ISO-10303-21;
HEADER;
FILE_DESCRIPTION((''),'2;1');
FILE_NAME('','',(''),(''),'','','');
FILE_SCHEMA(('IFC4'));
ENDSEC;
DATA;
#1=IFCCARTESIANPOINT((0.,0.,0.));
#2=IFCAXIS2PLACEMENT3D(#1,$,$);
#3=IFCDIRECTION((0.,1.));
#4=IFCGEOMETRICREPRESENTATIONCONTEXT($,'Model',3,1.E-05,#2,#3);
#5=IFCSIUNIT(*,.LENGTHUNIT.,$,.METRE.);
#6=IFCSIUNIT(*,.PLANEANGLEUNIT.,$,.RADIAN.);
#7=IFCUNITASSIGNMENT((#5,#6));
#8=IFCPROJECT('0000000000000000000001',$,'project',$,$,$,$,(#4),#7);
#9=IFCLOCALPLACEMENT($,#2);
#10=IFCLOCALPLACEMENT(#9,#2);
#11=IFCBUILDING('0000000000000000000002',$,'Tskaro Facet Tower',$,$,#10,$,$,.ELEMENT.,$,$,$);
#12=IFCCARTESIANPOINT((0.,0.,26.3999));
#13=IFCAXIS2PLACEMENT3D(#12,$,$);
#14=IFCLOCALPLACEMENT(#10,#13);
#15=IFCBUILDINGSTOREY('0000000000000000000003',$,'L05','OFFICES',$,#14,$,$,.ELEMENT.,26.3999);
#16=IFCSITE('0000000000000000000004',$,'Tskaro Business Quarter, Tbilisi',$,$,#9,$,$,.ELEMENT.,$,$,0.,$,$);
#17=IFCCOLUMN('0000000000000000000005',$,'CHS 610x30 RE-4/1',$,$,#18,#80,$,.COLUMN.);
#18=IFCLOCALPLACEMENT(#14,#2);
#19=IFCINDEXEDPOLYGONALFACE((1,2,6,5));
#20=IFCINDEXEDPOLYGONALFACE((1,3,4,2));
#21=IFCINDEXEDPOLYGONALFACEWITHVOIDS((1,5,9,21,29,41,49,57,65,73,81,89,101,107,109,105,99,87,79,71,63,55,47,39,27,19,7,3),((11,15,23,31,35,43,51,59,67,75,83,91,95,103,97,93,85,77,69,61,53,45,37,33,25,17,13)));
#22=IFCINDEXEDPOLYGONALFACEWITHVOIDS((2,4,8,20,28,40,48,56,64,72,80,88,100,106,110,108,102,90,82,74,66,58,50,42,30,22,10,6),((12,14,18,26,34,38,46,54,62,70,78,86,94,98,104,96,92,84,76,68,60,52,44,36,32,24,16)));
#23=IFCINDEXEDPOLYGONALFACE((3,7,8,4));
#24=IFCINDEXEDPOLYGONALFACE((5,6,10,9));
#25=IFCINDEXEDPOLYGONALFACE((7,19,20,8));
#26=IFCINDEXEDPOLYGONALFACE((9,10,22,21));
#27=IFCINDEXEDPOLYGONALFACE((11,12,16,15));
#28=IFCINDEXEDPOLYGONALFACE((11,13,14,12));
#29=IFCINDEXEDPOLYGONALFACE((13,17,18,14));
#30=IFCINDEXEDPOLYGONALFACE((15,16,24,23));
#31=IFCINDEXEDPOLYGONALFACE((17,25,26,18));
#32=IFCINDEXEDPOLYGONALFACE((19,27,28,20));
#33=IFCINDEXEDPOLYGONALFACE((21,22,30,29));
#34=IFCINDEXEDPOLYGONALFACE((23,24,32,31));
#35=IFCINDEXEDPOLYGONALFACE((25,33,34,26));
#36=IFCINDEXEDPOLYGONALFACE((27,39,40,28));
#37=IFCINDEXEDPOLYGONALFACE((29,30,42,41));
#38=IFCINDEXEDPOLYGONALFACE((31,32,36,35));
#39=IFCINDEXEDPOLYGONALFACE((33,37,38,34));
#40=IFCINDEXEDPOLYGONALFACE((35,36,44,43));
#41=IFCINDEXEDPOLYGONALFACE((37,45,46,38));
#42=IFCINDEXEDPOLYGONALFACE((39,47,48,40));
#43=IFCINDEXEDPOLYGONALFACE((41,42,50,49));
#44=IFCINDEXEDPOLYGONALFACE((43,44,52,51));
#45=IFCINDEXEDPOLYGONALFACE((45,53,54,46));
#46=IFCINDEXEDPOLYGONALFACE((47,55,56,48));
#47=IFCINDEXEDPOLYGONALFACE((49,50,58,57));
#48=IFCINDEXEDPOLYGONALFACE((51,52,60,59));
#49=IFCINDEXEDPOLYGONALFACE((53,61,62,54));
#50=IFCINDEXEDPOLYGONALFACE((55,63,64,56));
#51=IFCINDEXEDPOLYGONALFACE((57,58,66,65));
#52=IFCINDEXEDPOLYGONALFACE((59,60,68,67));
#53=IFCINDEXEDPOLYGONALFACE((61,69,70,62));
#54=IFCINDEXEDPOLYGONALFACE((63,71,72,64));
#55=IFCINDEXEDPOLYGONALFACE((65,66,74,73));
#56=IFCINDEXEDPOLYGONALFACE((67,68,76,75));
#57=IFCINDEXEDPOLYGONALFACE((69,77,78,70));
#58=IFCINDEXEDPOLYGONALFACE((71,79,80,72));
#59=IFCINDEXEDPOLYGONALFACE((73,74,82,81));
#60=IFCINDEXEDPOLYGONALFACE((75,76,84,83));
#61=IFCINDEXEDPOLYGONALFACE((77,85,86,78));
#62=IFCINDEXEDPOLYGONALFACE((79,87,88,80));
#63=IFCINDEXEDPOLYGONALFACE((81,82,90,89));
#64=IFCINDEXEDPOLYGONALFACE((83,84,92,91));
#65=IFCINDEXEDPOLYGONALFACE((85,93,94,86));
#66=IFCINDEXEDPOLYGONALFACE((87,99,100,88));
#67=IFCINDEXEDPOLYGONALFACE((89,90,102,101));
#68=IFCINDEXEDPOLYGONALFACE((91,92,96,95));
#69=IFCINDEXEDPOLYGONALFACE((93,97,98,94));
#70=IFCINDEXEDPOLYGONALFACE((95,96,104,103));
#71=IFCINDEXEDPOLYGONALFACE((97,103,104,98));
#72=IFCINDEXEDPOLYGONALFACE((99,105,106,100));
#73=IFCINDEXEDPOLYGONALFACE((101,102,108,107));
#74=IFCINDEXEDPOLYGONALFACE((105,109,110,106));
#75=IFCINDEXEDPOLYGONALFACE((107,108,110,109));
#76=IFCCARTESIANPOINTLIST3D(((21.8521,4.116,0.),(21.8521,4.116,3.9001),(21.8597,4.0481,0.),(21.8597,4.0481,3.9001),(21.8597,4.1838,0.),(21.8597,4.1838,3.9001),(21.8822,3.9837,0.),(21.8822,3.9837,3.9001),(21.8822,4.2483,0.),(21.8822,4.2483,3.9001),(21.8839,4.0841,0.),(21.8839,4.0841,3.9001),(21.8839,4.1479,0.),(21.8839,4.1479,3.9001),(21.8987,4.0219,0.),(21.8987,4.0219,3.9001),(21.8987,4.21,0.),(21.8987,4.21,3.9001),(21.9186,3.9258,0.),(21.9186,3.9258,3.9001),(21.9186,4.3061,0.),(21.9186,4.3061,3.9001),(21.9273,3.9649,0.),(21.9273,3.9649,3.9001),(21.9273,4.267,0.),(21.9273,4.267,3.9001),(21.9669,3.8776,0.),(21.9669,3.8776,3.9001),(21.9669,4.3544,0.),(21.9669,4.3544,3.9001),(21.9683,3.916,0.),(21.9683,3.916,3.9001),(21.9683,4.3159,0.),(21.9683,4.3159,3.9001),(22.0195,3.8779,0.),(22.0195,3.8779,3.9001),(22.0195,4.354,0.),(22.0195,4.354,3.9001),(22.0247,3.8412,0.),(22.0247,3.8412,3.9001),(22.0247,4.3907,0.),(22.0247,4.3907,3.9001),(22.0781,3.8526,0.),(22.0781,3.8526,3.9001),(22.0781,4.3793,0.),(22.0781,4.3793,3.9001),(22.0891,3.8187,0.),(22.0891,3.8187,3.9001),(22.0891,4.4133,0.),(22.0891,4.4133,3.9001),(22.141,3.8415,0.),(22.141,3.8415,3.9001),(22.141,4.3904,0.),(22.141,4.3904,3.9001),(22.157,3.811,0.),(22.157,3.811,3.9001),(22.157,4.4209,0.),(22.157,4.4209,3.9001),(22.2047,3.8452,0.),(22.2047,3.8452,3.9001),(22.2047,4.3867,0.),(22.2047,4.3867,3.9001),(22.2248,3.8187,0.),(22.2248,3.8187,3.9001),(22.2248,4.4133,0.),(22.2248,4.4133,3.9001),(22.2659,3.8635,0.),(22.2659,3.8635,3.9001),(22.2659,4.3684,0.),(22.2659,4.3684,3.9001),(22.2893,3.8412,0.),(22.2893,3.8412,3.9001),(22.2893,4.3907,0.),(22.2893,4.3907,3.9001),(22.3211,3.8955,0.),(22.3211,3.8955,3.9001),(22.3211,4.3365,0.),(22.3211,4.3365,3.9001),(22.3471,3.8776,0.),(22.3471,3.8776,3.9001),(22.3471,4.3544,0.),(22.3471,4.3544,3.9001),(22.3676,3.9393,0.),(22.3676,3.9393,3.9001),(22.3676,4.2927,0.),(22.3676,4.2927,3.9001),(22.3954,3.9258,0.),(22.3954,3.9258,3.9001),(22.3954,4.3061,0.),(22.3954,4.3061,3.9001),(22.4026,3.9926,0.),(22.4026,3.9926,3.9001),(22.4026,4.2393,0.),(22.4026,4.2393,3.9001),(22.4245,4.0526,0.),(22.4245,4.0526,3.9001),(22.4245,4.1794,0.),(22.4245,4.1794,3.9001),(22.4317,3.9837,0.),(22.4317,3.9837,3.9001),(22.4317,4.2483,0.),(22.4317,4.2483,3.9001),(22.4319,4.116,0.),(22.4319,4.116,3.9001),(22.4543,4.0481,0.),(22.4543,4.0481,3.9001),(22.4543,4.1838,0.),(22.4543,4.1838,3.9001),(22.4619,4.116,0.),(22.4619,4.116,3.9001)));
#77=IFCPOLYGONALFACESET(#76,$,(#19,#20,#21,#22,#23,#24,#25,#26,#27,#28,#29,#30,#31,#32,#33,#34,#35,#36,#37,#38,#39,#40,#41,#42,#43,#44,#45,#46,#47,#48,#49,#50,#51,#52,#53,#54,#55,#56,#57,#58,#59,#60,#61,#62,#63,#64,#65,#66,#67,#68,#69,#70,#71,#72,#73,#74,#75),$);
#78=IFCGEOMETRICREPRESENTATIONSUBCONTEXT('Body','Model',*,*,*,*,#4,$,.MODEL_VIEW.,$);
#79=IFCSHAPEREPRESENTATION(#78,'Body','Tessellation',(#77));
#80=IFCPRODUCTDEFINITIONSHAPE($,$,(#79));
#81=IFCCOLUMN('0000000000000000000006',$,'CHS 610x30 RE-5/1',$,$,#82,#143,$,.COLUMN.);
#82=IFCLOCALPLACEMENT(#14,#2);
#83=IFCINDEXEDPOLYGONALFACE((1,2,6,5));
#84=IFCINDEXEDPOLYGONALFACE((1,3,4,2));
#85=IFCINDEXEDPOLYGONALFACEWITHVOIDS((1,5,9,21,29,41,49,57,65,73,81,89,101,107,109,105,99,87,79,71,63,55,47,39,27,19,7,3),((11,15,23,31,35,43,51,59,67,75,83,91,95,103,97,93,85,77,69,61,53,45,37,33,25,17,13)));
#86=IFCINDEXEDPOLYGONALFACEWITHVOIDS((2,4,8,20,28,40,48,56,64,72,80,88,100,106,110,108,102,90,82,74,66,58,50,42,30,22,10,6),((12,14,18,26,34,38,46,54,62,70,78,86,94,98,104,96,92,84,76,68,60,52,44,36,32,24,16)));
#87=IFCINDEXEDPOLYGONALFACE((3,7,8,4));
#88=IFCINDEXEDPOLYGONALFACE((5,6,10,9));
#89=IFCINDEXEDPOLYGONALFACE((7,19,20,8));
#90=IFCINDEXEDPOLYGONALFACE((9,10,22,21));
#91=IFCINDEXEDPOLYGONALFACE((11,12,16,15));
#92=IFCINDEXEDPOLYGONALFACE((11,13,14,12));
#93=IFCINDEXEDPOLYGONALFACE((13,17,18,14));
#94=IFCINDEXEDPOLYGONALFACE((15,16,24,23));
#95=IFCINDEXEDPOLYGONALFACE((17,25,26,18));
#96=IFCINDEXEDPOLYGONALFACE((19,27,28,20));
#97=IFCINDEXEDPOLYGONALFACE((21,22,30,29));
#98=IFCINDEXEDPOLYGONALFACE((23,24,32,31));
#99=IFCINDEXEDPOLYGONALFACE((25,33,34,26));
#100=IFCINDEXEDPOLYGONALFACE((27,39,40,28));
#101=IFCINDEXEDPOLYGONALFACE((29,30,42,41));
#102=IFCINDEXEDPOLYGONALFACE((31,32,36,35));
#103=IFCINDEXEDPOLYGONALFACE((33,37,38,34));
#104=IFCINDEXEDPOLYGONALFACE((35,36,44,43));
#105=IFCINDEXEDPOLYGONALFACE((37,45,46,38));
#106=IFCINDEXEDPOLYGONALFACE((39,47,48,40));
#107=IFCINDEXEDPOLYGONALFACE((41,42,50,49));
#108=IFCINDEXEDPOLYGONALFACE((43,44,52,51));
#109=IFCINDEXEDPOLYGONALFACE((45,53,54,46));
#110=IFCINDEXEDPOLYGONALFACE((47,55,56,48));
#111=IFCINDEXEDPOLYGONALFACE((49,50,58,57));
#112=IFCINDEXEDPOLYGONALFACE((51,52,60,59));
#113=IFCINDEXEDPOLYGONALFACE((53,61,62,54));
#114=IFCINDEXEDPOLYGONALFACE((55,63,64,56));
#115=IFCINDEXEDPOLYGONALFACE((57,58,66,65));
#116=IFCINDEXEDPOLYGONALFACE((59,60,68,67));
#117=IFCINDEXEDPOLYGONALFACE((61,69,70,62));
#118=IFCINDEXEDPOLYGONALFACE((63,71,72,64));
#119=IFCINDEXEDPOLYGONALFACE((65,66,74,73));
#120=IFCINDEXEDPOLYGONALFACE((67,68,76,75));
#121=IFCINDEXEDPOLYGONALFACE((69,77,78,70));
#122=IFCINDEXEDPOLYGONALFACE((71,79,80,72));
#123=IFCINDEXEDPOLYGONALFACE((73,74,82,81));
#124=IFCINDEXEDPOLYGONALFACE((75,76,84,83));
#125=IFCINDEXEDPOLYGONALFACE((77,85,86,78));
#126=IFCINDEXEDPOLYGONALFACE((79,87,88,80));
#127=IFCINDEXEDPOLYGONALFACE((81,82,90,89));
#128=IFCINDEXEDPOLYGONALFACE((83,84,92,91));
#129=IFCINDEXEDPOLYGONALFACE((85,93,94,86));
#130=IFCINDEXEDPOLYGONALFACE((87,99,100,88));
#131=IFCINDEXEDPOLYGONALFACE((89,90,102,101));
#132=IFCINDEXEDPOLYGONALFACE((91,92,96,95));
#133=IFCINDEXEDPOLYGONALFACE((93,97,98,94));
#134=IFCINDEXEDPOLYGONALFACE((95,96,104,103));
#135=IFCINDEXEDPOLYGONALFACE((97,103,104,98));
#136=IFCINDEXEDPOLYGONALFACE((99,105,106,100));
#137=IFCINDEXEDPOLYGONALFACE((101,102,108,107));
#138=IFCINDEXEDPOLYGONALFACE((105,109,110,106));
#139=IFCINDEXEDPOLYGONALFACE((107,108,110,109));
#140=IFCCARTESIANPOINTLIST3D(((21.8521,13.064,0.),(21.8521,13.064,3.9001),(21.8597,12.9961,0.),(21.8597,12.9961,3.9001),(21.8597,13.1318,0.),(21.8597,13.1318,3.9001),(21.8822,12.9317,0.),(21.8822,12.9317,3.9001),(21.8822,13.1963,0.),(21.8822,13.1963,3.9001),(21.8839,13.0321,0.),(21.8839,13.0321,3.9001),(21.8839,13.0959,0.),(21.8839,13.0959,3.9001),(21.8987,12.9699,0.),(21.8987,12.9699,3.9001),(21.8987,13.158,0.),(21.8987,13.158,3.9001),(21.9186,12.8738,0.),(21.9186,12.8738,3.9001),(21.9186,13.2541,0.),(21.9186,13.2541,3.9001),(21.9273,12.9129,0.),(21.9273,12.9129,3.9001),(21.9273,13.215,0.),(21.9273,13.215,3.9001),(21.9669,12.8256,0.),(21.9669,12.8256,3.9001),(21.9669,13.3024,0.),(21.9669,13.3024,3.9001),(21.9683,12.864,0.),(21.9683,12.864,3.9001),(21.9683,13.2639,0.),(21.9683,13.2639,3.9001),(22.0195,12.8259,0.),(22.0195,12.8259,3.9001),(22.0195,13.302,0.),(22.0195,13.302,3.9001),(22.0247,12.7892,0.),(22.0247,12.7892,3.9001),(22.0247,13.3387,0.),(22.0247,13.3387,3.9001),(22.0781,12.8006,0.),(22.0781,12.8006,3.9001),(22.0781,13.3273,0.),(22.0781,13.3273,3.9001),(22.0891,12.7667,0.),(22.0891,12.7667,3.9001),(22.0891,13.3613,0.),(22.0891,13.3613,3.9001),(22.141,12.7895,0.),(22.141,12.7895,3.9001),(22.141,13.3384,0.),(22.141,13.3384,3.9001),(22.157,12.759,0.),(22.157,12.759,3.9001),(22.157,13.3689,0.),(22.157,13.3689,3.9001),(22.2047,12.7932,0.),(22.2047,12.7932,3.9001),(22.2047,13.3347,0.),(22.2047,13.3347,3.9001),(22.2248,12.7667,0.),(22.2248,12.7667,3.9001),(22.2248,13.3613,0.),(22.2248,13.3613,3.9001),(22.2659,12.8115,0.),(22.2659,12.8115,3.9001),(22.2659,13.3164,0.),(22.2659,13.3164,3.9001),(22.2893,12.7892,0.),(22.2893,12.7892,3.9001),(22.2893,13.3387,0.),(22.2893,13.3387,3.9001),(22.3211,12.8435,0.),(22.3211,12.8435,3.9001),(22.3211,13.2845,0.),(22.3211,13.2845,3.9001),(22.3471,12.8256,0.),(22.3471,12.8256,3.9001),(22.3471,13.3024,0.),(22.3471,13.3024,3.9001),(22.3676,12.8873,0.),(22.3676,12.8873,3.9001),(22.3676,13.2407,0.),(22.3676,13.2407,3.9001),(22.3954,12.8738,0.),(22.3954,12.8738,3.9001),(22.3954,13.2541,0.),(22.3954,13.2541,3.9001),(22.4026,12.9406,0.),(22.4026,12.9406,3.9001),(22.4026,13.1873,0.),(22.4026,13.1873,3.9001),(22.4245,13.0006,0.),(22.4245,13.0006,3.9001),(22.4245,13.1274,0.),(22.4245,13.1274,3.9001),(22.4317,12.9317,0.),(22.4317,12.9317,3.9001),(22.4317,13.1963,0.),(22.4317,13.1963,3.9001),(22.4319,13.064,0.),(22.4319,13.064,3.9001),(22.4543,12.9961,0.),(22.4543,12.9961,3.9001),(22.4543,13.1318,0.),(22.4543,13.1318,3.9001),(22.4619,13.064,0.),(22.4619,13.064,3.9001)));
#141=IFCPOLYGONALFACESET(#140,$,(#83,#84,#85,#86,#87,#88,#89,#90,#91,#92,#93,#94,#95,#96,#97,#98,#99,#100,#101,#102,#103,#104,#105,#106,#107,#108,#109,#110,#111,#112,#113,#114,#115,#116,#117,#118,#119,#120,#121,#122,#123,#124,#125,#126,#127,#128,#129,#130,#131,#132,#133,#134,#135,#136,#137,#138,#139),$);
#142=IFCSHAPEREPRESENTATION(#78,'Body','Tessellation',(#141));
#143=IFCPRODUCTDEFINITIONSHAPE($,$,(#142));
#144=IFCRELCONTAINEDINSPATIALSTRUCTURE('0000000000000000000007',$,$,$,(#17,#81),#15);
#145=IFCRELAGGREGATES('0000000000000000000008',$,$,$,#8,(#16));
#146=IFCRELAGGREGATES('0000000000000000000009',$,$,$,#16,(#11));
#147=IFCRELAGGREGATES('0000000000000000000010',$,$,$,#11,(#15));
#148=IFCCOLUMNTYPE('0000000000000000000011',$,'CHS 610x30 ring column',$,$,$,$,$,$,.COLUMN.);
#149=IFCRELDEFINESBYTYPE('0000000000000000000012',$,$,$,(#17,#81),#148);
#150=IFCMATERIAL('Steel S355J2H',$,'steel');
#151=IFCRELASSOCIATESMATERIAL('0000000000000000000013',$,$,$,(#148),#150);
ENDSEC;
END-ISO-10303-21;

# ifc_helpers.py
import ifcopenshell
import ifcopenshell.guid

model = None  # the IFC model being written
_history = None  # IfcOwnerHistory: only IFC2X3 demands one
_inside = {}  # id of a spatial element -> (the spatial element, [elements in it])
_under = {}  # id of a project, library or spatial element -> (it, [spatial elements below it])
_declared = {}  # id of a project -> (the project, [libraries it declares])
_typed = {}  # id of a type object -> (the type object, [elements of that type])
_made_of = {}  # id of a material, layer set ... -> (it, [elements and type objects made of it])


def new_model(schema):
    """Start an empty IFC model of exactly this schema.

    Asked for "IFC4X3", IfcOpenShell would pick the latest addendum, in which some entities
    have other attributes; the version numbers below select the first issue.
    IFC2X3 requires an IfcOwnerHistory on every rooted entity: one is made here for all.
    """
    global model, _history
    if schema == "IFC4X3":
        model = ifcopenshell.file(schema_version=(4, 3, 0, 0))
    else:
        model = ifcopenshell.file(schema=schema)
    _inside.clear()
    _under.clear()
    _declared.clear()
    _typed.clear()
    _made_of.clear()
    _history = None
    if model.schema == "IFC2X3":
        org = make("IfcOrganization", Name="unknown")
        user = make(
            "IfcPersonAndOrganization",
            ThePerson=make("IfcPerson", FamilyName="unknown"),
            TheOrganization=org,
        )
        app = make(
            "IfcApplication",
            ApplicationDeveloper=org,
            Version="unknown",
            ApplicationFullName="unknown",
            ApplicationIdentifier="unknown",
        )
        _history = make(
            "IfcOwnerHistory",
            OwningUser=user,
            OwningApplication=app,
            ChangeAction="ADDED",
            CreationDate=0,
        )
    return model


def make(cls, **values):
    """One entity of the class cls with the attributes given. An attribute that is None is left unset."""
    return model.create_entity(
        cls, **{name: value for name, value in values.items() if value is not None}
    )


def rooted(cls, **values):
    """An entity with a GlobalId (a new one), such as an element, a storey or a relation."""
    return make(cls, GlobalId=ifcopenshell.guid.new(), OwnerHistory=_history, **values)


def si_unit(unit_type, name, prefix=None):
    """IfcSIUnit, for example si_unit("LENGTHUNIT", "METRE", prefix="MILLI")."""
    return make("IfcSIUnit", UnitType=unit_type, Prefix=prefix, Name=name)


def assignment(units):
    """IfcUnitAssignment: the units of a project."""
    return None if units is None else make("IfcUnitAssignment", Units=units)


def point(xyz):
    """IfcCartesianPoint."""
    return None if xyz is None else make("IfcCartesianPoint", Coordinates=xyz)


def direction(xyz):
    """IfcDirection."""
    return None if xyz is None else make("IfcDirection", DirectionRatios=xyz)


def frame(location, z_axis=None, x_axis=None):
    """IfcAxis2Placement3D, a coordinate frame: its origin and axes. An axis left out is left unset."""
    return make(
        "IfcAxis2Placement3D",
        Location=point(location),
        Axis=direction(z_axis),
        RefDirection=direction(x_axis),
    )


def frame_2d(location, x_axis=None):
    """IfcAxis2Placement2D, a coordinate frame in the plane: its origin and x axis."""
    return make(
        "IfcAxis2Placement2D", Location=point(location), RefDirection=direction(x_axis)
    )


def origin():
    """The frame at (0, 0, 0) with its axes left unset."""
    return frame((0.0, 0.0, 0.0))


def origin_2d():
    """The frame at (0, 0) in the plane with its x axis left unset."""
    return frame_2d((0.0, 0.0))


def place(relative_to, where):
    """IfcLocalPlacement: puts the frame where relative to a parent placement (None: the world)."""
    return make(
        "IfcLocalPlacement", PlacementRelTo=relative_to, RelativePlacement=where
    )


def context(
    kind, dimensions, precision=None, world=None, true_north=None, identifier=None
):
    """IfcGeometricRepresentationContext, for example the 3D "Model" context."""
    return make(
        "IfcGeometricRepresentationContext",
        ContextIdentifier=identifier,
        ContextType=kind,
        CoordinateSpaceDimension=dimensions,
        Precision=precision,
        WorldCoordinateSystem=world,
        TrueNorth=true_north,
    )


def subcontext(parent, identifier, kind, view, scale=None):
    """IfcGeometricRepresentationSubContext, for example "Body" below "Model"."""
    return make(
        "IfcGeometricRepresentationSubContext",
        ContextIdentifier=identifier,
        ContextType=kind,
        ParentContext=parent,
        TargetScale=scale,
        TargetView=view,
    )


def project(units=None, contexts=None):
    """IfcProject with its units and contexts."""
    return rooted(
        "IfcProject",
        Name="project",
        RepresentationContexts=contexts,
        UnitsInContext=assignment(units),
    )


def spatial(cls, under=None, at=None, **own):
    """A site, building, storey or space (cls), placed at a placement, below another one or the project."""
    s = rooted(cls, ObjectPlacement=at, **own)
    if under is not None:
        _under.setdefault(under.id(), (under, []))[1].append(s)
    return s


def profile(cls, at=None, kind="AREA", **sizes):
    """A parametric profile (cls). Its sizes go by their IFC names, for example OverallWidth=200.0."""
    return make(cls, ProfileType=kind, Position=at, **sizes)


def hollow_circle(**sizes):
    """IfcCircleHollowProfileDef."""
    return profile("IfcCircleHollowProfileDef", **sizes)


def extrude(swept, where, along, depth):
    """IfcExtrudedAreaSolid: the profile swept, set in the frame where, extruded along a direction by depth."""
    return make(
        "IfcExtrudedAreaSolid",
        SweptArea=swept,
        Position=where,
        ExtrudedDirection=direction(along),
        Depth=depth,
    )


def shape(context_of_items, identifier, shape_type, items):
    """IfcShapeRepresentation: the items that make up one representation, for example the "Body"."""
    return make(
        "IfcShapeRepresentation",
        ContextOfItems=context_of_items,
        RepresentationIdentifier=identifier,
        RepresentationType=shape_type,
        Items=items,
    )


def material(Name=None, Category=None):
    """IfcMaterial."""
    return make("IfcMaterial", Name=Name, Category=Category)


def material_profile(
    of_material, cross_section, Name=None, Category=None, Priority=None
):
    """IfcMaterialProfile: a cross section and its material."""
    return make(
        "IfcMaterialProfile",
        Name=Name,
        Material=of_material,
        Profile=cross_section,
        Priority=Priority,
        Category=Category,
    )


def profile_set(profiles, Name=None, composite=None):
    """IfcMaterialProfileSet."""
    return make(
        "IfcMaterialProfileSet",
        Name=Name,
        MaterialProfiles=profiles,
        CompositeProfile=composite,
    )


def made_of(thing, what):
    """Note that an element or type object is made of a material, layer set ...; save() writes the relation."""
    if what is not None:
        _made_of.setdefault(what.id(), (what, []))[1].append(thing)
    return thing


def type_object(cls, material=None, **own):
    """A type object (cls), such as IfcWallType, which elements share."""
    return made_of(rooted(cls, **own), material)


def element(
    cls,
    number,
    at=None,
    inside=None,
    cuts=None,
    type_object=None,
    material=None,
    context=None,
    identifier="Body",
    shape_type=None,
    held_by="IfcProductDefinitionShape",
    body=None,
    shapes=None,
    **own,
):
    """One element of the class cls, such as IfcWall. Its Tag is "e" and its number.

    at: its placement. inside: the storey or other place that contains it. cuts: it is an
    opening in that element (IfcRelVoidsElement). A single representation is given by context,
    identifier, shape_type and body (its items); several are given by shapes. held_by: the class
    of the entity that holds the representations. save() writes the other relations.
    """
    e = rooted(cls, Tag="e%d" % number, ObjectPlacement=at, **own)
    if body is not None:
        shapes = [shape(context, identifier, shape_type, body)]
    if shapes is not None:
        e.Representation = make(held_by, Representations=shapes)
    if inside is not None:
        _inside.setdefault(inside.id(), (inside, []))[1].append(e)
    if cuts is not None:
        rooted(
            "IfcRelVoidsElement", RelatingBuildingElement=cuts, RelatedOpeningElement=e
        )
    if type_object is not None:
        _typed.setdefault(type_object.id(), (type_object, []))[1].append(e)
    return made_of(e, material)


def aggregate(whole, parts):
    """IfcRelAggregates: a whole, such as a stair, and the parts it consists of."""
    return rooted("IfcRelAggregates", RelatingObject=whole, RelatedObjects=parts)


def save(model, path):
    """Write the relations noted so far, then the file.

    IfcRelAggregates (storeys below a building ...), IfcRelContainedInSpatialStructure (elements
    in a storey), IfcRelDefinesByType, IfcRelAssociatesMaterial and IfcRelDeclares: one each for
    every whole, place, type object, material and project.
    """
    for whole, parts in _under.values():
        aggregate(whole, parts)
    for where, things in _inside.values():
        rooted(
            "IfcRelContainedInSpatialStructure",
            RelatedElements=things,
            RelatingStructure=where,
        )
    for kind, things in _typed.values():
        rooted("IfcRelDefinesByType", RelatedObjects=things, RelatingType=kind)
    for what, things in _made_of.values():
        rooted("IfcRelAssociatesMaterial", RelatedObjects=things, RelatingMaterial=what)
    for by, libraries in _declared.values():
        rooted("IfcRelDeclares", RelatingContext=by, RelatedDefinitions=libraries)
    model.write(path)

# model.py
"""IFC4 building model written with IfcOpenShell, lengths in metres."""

from ifc_helpers import new_model, si_unit, direction, frame, origin, origin_2d, place, context, subcontext, project, spatial, hollow_circle, extrude, material, material_profile, profile_set, type_object, element, save


model = new_model("IFC4")

# Units and contexts
model_context = context("Model", 3, precision=1e-05, world=origin(), true_north=direction((0.0, 1.0)))
body_context = subcontext(model_context, "Body", "Model", "MODEL_VIEW")
ifc_project = project(units=[si_unit("LENGTHUNIT", "METRE"), si_unit("PLANEANGLEUNIT", "RADIAN")], contexts=[model_context])

# Site, building, storey
site_placement = place(None, origin())
site = spatial("IfcSite", under=ifc_project, at=site_placement, Name="Tskaro Business Quarter, Tbilisi", CompositionType="ELEMENT", RefElevation=0.0)
building_placement = place(site_placement, origin())
building = spatial("IfcBuilding", under=site, at=building_placement, Name="Tskaro Facet Tower", CompositionType="ELEMENT")
storey_placement = place(building_placement, frame((0.0, 0.0, 26.3999)))
storey = spatial("IfcBuildingStorey", under=building, at=storey_placement, Name="L05", Description="OFFICES", CompositionType="ELEMENT", Elevation=26.3999)

# Columns
ifc_material_1 = material(Name="Steel S355J2H", Category="steel")
ifc_material_profile_1 = material_profile(ifc_material_1, hollow_circle(Radius=0.3049, WallThickness=0.03, at=origin_2d()), Name="CHS 610x30")
ifc_profile_set_1 = profile_set([ifc_material_profile_1], Name="Steel S355J2H")
column_type_1 = type_object("IfcColumnType", Name="CHS 610x30 ring column", PredefinedType="COLUMN", material=ifc_profile_set_1)
for number, where, z_axis, x_axis, name in (
    (1, (22.157, 4.116, 0.0), (0.0, 0.0, 1.0), (1.0, 0.0, 0.0), "CHS 610x30 RE-4/1"),
    (2, (22.157, 13.064, 0.0), (0.0, 0.0, 1.0), (1.0, 0.0, 0.0), "CHS 610x30 RE-5/1"),
):
    element("IfcColumn", number, at=place(storey_placement, frame(where, z_axis=z_axis, x_axis=x_axis)), inside=storey, type_object=column_type_1, Name=name, PredefinedType="COLUMN", context=body_context, shape_type="SweptSolid", body=[
        extrude(hollow_circle(Radius=0.3049, WallThickness=0.03, at=origin_2d()), origin(), (0.0, 0.0, 1.0), 3.9001),
    ])

save(model, "model.ifc")
